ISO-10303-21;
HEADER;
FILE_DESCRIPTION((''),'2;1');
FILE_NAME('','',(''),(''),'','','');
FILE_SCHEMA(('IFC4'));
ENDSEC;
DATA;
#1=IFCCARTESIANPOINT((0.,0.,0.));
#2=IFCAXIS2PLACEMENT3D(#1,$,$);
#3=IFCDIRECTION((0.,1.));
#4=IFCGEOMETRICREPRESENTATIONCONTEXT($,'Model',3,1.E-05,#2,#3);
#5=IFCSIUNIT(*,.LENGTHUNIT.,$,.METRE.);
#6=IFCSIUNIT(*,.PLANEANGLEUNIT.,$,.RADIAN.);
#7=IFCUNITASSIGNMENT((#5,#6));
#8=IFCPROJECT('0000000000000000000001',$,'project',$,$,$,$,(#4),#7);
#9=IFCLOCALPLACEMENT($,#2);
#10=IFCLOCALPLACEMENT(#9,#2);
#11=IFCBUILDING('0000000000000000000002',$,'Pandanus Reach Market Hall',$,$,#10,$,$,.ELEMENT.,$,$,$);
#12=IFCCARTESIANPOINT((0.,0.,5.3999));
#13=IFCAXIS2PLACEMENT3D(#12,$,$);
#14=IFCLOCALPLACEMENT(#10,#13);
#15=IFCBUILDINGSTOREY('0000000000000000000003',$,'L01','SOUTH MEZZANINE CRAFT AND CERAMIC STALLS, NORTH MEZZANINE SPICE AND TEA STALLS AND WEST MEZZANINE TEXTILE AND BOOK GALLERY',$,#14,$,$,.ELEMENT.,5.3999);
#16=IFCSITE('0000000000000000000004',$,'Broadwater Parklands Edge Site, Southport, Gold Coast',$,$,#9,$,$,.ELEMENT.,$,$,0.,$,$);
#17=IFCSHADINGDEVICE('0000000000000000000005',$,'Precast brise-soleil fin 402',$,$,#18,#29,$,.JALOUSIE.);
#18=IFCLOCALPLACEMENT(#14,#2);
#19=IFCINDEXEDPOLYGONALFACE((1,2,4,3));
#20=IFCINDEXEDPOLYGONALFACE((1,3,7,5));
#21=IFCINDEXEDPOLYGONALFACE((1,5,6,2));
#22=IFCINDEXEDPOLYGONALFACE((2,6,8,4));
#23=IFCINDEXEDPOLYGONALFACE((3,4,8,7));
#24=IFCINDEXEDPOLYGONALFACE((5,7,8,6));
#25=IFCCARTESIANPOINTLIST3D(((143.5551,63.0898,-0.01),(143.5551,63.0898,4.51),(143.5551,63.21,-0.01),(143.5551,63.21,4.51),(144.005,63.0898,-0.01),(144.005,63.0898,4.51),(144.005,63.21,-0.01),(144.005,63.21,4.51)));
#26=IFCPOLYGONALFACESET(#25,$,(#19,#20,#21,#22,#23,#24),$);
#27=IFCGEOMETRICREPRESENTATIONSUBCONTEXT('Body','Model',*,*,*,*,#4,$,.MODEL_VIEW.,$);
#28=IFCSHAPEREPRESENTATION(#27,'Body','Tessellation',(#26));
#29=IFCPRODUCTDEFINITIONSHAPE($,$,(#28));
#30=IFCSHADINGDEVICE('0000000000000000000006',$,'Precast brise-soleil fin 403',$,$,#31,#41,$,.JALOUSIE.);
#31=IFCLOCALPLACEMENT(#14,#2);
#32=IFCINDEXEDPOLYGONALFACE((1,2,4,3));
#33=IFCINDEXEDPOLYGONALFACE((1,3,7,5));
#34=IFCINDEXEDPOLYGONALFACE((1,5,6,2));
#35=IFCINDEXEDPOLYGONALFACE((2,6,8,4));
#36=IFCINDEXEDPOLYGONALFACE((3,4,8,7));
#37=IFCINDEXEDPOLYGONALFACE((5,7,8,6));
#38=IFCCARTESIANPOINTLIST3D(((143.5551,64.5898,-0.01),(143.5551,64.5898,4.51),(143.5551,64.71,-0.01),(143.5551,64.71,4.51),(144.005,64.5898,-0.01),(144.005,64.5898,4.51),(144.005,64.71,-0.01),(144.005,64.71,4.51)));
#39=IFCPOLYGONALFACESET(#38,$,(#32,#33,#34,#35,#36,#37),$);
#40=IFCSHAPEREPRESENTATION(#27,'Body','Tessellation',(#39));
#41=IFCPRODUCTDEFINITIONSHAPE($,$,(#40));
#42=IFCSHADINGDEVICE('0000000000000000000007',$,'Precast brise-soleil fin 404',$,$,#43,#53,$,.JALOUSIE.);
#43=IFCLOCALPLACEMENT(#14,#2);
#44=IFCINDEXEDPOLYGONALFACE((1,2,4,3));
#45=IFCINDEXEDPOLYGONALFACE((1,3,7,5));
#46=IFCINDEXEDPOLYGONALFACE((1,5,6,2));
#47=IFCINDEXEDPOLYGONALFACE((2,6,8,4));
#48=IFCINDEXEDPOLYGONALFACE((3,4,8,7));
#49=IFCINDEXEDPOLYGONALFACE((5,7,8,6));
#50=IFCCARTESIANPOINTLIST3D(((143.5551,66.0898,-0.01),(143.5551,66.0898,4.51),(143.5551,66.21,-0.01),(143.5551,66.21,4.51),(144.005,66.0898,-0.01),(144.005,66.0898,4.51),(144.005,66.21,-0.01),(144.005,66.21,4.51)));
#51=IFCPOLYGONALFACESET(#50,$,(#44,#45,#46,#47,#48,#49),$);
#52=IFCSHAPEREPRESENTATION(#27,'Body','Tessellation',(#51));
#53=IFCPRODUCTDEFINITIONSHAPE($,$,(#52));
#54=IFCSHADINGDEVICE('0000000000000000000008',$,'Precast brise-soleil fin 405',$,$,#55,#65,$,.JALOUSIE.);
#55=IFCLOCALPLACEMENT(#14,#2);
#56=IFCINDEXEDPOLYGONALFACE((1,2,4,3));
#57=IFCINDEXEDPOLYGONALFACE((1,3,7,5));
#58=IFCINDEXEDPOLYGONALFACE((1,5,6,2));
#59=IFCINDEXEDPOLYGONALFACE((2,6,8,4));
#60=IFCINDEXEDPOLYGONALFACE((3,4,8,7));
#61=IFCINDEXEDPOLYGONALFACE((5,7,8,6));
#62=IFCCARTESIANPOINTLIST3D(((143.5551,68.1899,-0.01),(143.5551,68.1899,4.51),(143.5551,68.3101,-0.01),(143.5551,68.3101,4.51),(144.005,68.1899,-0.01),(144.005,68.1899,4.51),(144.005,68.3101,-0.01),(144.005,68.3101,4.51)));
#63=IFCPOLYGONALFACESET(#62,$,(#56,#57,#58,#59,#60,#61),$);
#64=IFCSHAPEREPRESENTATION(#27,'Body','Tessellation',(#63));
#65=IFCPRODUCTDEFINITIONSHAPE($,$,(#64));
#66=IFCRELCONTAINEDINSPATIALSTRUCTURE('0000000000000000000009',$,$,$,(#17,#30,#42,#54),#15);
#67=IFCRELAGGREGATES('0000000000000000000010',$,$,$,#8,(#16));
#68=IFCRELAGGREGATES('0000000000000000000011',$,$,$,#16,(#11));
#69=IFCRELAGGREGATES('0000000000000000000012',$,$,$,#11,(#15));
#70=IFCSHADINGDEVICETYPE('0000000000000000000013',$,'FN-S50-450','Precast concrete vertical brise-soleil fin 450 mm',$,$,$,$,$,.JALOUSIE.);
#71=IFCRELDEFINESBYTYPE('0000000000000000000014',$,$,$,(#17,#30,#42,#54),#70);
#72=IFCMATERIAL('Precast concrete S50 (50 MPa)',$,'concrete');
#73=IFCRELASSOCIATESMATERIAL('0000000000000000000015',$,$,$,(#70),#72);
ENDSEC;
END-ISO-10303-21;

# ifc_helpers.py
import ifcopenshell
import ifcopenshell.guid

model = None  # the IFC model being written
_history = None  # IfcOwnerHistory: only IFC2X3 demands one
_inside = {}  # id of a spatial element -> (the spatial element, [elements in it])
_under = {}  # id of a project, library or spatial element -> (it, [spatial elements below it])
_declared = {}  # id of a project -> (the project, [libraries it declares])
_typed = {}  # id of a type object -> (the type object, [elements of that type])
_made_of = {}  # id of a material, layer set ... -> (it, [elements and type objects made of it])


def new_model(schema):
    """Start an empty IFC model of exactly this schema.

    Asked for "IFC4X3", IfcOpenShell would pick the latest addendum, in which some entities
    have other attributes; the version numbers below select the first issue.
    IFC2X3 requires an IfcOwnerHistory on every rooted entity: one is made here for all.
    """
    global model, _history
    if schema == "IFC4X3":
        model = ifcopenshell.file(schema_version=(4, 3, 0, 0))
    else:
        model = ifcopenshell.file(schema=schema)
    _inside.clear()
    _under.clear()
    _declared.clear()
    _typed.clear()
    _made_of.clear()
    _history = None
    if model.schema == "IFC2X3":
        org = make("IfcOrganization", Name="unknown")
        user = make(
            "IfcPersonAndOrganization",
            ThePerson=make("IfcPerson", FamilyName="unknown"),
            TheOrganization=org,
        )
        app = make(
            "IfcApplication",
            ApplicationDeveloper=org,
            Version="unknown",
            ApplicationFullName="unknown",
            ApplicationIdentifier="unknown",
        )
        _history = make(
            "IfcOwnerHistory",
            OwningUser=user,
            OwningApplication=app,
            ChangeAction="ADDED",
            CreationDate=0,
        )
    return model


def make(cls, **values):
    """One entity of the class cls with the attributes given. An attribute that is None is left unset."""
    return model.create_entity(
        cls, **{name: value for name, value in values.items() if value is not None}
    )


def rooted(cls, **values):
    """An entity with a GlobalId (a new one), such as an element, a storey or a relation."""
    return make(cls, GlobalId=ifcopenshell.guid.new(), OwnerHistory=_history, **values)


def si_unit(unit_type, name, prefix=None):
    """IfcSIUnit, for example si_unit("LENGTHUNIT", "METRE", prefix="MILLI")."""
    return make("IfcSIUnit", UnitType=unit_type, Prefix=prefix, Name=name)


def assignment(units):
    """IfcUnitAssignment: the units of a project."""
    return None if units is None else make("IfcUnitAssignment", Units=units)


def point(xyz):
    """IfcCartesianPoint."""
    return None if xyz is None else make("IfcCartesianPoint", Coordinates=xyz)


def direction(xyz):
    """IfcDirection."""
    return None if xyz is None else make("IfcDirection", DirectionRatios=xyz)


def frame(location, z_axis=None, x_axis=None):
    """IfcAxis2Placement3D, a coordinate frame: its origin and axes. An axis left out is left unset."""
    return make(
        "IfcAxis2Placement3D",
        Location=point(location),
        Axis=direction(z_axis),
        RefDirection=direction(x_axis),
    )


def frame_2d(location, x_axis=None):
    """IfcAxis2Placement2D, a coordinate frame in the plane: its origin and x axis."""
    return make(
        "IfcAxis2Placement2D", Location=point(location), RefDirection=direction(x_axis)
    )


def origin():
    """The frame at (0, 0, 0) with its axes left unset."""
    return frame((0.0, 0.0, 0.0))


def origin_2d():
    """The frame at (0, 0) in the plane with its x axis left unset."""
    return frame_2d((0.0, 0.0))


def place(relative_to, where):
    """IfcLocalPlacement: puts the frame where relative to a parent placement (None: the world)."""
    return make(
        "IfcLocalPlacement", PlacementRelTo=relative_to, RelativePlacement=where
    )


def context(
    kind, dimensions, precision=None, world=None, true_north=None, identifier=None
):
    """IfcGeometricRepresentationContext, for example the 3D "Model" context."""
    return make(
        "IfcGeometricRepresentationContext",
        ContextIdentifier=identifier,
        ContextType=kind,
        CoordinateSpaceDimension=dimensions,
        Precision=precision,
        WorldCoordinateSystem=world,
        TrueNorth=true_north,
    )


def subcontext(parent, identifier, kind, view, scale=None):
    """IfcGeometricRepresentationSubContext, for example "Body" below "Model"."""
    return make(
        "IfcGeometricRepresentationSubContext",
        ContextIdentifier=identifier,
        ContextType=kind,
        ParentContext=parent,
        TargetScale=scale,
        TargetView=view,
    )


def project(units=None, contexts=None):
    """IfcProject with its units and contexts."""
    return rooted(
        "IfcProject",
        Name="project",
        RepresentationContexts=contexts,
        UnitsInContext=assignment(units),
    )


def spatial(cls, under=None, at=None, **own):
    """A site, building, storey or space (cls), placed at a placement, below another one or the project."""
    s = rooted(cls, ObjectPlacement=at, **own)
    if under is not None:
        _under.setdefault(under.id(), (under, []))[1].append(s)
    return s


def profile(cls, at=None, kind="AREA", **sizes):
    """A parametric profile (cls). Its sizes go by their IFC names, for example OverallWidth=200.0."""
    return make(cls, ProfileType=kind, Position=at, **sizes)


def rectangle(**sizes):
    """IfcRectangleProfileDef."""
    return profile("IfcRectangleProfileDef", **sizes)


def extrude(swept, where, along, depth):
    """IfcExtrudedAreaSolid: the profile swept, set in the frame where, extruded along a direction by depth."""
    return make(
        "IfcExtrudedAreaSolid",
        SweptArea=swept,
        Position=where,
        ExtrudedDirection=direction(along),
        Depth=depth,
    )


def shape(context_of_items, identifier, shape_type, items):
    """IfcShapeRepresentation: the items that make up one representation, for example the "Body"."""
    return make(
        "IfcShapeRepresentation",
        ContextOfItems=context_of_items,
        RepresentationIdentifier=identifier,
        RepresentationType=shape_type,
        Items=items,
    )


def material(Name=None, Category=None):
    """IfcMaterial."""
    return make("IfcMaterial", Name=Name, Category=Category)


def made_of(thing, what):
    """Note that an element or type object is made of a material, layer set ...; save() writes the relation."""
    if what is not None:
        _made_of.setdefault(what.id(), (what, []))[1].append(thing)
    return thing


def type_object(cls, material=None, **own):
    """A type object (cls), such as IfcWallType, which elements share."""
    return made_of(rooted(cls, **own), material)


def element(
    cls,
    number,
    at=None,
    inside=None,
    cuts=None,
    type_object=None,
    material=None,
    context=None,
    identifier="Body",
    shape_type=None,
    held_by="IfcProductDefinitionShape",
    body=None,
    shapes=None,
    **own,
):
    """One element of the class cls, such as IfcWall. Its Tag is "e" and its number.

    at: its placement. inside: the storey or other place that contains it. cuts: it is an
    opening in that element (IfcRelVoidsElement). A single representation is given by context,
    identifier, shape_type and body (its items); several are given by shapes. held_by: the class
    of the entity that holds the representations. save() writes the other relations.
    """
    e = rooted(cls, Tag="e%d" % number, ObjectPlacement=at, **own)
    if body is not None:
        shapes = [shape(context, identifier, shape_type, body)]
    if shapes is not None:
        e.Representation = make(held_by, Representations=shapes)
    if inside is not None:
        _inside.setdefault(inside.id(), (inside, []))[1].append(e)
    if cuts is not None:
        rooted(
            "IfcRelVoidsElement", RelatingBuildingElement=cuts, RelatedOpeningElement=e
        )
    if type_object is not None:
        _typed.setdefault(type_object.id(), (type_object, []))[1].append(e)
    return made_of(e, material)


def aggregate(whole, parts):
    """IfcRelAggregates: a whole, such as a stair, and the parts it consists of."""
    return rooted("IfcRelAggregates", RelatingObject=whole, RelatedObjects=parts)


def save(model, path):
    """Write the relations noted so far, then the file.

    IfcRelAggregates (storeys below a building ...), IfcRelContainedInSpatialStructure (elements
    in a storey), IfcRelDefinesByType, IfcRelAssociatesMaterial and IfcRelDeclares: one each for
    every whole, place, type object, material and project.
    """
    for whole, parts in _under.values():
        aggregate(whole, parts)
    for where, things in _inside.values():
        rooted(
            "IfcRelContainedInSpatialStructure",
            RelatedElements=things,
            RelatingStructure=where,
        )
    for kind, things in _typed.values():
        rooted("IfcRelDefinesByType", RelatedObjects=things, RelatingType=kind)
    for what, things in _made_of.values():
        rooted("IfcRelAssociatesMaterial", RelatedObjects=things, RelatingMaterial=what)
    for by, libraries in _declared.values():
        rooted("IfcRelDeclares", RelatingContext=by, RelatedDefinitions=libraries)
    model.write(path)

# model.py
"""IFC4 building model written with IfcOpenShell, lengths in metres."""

from ifc_helpers import new_model, si_unit, direction, frame, origin, origin_2d, place, context, subcontext, project, spatial, rectangle, extrude, material, type_object, element, save


model = new_model("IFC4")

# Units and contexts
model_context = context("Model", 3, precision=1e-05, world=origin(), true_north=direction((0.0, 1.0)))
body_context = subcontext(model_context, "Body", "Model", "MODEL_VIEW")
ifc_project = project(units=[si_unit("LENGTHUNIT", "METRE"), si_unit("PLANEANGLEUNIT", "RADIAN")], contexts=[model_context])

# Site, building, storey
site_placement = place(None, origin())
site = spatial("IfcSite", under=ifc_project, at=site_placement, Name="Broadwater Parklands Edge Site, Southport, Gold Coast", CompositionType="ELEMENT", RefElevation=0.0)
building_placement = place(site_placement, origin())
building = spatial("IfcBuilding", under=site, at=building_placement, Name="Pandanus Reach Market Hall", CompositionType="ELEMENT")
storey_placement = place(building_placement, frame((0.0, 0.0, 5.3999)))
storey = spatial("IfcBuildingStorey", under=building, at=storey_placement, Name="L01", Description="SOUTH MEZZANINE CRAFT AND CERAMIC STALLS, NORTH MEZZANINE SPICE AND TEA STALLS AND WEST MEZZANINE TEXTILE AND BOOK GALLERY", CompositionType="ELEMENT", Elevation=5.3999)

# Shading devices
ifc_material_1 = material(Name="Precast concrete S50 (50 MPa)", Category="concrete")
shading_device_type = type_object("IfcShadingDeviceType", Name="FN-S50-450", Description="Precast concrete vertical brise-soleil fin 450 mm", PredefinedType="JALOUSIE", material=ifc_material_1)
for number, where, z_axis, x_axis, name in (
    (1, (143.78, 63.1499, -0.01), (0.0, 0.0, 1.0), (-1.0, 0.0, 0.0), "Precast brise-soleil fin 402"),
    (2, (143.78, 64.6499, -0.01), (0.0, 0.0, 1.0), (-1.0, 0.0, 0.0), "Precast brise-soleil fin 403"),
    (3, (143.78, 66.1499, -0.01), (0.0, 0.0, 1.0), (-1.0, 0.0, 0.0), "Precast brise-soleil fin 404"),
    (4, (143.78, 68.25, -0.01), (0.0, 0.0, 1.0), (-1.0, 0.0, 0.0), "Precast brise-soleil fin 405"),
):
    element("IfcShadingDevice", number, at=place(storey_placement, frame(where, z_axis=z_axis, x_axis=x_axis)), inside=storey, type_object=shading_device_type, Name=name, PredefinedType="JALOUSIE", context=body_context, shape_type="SweptSolid", body=[
        extrude(rectangle(XDim=0.45, YDim=0.1201, at=origin_2d()), origin(), (0.0, 0.0, 1.0), 4.52),
    ])

save(model, "model.ifc")
